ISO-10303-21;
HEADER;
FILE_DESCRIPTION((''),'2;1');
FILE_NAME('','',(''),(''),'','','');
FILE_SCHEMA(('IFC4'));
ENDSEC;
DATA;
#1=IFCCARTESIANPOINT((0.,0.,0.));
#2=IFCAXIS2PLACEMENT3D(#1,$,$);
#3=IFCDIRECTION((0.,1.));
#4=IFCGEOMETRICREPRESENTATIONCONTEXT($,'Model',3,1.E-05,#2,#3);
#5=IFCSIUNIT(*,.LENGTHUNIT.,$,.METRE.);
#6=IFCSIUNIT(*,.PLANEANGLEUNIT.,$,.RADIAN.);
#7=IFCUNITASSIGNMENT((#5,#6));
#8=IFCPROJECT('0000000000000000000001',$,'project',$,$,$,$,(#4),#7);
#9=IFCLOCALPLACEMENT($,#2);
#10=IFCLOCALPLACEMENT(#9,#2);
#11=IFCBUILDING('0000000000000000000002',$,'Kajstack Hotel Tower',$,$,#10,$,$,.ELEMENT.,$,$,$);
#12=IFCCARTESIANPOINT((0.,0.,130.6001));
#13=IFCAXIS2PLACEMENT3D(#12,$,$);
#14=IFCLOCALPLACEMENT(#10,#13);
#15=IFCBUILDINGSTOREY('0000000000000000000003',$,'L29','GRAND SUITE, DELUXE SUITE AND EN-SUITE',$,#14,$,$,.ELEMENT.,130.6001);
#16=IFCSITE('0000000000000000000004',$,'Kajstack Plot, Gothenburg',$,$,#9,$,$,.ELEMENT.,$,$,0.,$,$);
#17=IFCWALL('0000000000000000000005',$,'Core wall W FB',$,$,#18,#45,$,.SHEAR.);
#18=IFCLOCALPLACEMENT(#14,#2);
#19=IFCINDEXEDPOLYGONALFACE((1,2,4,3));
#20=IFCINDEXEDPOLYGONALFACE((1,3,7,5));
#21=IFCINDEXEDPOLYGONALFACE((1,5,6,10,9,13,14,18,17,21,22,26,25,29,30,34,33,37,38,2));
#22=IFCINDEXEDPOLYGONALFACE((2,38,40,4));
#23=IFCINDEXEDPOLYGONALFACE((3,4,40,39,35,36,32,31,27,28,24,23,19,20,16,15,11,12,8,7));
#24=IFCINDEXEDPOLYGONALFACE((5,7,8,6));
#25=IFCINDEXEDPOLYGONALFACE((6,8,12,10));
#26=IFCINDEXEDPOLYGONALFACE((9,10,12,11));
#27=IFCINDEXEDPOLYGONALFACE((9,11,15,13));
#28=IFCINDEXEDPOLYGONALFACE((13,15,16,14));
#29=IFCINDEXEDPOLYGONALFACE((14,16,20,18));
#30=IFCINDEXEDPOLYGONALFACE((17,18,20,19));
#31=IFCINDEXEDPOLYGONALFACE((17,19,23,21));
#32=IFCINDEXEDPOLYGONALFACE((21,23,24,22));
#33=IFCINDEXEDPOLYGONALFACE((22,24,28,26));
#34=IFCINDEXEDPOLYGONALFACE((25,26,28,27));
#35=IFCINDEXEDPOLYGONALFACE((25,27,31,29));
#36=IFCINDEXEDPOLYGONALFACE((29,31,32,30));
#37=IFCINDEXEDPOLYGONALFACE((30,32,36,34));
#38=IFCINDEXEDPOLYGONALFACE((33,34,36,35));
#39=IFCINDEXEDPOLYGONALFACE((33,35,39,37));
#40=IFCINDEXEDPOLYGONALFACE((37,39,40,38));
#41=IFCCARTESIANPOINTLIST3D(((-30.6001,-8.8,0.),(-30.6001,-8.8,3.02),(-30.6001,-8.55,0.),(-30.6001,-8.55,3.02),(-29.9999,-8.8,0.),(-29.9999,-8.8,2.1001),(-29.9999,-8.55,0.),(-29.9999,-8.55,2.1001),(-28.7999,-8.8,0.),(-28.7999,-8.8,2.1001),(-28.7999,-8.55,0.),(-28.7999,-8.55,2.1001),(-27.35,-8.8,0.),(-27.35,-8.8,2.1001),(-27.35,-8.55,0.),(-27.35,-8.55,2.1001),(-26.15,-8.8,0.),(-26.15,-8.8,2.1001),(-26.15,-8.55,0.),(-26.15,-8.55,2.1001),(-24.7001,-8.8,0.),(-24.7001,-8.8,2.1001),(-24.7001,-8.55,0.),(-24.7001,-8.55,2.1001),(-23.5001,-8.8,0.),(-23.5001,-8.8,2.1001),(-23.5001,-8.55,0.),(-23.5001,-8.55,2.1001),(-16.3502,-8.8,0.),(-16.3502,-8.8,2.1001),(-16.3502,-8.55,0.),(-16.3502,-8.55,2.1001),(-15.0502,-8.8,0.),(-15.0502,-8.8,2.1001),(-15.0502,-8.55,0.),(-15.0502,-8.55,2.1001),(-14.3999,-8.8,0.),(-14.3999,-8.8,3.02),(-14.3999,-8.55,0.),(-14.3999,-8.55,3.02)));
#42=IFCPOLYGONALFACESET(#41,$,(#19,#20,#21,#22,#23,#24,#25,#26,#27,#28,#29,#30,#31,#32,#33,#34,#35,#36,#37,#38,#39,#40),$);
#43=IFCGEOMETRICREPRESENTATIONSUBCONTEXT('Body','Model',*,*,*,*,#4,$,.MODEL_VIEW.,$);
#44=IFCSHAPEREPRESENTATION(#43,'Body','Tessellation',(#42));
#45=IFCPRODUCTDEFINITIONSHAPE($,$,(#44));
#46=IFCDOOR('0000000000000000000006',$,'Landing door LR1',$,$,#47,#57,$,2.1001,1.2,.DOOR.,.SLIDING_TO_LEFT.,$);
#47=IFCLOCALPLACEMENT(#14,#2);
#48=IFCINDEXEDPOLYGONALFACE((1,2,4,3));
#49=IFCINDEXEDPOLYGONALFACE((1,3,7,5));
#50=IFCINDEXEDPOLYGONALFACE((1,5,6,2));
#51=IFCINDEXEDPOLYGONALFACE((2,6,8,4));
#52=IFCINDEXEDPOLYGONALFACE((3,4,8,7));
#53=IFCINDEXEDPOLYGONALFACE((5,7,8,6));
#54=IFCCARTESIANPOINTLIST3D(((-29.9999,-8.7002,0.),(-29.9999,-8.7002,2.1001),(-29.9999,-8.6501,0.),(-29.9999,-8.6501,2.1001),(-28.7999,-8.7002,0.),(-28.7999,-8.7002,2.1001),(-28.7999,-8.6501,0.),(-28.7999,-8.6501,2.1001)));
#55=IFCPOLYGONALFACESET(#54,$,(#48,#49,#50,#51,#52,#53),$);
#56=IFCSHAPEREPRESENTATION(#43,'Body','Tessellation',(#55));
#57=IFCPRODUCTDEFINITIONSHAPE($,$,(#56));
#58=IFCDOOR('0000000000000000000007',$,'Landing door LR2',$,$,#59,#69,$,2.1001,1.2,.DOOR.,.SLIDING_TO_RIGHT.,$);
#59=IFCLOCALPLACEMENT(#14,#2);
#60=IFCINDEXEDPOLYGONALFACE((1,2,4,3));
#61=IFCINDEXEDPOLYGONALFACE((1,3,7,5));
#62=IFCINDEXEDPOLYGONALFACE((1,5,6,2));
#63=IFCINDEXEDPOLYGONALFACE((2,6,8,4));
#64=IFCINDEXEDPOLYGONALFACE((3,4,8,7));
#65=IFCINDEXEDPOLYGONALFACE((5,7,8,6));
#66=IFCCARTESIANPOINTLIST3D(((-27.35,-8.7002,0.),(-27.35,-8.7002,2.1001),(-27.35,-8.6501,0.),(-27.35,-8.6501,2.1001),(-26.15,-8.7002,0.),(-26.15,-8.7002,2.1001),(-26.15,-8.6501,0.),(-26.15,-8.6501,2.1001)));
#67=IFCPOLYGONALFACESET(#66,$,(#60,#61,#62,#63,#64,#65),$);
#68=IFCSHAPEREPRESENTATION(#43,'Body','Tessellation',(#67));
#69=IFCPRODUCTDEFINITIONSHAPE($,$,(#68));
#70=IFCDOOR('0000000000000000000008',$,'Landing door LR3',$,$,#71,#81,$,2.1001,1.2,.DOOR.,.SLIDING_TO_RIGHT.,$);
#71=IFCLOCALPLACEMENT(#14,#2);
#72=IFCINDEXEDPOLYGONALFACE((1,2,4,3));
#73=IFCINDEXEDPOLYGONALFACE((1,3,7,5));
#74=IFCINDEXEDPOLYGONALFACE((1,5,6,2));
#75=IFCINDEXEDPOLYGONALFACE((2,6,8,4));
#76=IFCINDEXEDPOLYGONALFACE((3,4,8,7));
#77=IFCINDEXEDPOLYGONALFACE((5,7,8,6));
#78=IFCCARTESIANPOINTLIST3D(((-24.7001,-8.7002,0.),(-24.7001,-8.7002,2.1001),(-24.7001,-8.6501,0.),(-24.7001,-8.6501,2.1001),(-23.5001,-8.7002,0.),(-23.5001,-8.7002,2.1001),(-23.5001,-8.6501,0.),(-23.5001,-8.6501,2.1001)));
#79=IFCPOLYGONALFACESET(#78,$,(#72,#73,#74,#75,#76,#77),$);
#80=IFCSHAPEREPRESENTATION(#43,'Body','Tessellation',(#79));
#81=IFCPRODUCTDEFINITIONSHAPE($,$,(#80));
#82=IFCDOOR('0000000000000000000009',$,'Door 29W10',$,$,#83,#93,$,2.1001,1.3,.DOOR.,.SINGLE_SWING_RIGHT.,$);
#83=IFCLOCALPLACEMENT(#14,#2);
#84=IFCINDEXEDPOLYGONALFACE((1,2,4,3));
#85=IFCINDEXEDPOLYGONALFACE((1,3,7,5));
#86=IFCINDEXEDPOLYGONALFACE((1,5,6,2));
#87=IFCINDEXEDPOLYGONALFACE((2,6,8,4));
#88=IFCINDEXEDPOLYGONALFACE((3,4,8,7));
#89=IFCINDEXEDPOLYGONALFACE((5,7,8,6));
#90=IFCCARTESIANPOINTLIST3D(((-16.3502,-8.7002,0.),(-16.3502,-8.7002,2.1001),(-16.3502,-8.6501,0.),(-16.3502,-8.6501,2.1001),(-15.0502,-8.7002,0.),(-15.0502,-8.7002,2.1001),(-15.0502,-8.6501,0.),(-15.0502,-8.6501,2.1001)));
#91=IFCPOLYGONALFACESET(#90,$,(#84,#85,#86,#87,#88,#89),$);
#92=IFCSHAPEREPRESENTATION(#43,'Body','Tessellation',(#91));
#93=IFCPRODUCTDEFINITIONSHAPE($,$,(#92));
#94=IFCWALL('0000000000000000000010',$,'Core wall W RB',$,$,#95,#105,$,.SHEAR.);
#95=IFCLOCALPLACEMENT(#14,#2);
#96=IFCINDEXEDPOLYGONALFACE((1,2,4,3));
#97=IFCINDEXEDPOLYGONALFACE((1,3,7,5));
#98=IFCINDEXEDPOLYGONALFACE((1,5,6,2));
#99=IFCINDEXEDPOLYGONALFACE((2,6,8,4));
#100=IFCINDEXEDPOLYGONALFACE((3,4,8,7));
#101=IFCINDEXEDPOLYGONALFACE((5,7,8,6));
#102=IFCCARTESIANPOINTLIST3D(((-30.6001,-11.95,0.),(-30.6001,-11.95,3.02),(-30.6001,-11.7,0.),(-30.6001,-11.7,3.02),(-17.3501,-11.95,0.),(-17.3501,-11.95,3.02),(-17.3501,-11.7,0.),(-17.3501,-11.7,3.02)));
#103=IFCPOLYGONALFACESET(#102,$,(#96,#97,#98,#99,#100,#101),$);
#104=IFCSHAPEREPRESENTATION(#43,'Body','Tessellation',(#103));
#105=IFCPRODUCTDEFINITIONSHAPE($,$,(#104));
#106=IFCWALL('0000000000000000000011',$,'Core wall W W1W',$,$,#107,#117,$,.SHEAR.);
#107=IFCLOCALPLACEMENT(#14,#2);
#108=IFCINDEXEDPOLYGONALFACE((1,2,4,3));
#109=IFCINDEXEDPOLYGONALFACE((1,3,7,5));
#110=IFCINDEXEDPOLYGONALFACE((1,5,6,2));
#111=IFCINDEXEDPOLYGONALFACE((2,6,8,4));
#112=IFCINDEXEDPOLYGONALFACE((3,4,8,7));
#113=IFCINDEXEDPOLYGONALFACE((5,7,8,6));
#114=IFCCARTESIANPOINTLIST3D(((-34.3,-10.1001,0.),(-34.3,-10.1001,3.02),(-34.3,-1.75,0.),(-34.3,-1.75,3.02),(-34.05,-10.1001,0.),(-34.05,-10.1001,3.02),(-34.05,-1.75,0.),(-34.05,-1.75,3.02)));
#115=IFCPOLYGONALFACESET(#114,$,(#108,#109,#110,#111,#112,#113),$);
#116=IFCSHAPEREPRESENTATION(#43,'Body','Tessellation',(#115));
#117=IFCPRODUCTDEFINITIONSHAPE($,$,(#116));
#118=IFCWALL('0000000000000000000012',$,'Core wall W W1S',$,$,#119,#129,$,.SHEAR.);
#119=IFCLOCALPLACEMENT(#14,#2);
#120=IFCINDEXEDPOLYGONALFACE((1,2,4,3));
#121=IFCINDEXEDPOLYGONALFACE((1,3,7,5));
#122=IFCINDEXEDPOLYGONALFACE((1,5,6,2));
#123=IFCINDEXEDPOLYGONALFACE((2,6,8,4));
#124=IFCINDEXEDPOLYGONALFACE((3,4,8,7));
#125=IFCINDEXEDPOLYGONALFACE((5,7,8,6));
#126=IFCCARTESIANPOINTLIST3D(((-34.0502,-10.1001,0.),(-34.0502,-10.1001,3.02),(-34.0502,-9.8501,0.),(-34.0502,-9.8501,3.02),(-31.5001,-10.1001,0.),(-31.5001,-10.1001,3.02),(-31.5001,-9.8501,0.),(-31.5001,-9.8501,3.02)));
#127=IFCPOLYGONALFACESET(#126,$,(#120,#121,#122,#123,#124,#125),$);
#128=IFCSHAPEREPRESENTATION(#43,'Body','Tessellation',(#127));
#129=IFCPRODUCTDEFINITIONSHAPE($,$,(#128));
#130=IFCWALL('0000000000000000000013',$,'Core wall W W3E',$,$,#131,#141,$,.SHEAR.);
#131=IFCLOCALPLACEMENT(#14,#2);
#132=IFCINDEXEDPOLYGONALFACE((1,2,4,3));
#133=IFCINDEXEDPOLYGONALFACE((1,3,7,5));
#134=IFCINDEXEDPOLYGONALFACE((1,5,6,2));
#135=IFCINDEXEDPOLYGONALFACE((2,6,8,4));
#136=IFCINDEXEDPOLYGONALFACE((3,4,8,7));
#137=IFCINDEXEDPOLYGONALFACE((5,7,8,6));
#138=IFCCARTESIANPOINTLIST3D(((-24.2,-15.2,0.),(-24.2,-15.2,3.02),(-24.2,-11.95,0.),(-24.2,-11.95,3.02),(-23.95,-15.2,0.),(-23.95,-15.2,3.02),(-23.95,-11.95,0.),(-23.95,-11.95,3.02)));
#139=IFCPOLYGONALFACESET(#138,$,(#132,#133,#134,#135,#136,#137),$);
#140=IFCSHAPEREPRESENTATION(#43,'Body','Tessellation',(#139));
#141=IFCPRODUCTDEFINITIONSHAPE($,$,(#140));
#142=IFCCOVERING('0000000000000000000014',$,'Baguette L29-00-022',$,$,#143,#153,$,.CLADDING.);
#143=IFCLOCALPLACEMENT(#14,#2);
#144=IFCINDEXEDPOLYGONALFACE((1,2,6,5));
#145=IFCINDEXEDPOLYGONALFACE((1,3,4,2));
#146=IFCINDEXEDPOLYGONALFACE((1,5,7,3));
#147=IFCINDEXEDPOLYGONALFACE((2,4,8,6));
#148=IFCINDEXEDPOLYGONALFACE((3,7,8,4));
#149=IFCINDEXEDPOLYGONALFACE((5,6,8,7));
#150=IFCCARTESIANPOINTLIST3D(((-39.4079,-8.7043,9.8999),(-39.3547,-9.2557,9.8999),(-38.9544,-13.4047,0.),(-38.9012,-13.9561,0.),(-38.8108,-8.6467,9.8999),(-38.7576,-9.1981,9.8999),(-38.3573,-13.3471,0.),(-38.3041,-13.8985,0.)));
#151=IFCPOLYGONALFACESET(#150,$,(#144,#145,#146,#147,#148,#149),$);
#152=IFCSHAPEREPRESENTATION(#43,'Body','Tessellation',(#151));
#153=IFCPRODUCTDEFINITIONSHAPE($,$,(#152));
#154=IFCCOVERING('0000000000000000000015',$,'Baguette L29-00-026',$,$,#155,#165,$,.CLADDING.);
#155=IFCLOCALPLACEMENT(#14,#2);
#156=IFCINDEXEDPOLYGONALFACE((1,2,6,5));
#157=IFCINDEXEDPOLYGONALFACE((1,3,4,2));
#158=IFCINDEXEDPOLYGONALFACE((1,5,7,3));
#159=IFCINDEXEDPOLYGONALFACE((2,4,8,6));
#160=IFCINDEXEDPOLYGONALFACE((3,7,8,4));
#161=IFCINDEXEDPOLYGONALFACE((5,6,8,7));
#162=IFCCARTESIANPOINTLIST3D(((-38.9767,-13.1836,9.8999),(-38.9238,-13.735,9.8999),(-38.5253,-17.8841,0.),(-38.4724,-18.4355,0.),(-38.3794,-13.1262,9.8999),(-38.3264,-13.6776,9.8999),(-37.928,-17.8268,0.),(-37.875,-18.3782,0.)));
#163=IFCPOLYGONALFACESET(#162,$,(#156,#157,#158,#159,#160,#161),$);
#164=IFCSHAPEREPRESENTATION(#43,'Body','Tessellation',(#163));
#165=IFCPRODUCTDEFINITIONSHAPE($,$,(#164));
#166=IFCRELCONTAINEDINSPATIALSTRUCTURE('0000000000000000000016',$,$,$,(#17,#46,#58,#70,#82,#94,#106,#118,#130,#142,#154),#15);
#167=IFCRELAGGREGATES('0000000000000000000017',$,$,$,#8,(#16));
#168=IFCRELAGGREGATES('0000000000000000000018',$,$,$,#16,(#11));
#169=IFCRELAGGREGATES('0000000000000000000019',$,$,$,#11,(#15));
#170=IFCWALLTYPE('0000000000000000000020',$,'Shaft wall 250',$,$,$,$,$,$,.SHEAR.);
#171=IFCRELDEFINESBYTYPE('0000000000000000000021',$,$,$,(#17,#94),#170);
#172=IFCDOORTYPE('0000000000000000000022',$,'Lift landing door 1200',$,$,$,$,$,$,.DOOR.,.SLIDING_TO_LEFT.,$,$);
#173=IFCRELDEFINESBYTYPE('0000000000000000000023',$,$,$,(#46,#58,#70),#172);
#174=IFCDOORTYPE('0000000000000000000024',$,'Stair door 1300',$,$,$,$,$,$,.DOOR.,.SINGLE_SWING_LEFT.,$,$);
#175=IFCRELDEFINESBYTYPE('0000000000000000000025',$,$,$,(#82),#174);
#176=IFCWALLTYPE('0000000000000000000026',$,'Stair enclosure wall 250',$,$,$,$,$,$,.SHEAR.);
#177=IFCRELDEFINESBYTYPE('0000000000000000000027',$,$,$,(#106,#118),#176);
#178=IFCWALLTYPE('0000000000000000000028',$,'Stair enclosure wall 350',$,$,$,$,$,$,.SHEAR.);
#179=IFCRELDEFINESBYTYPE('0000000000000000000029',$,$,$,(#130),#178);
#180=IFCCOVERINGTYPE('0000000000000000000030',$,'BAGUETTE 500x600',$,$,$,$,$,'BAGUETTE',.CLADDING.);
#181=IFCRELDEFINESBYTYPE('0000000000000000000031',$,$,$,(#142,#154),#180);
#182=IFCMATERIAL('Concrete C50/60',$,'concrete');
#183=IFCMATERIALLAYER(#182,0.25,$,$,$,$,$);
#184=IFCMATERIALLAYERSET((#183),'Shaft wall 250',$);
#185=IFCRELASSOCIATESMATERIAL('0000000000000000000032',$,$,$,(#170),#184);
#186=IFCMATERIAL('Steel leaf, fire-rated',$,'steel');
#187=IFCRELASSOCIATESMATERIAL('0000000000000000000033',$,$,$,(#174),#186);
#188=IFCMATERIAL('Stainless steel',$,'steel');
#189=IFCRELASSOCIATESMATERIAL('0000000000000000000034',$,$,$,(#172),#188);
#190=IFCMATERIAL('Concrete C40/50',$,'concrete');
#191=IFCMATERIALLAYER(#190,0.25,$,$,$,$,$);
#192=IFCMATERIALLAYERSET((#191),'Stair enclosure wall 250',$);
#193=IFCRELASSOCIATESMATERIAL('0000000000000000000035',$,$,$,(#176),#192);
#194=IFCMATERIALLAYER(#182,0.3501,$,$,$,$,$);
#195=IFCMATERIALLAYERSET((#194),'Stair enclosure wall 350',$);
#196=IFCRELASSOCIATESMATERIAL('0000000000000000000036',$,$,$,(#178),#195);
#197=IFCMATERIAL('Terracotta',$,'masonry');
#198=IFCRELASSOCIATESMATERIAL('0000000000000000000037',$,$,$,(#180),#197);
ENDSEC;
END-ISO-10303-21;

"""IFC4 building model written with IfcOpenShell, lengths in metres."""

from ifc_helpers import new_model, si_unit, direction, frame, frame_2d, origin, origin_2d, place, context, subcontext, project, spatial, polyline, rectangle, outline, extrude, material, layer, layer_set, material_profile, profile_set, type_object, element, fill, save


model = new_model("IFC4")

# Units and contexts
model_context = context("Model", 3, precision=1e-05, world=origin(), true_north=direction((0.0, 1.0)))
body_context = subcontext(model_context, "Body", "Model", "MODEL_VIEW")
ifc_project = project(units=[si_unit("LENGTHUNIT", "METRE"), si_unit("PLANEANGLEUNIT", "RADIAN")], contexts=[model_context])

# Site, building, storey
site_placement = place(None, origin())
site = spatial("IfcSite", under=ifc_project, at=site_placement, Name="Kajstack Plot, Gothenburg", CompositionType="ELEMENT", RefElevation=0.0)
building_placement = place(site_placement, origin())
building = spatial("IfcBuilding", under=site, at=building_placement, Name="Kajstack Hotel Tower", CompositionType="ELEMENT")
storey_placement = place(building_placement, frame((0.0, 0.0, 130.6001)))
storey = spatial("IfcBuildingStorey", under=building, at=storey_placement, Name="L29", Description="GRAND SUITE, DELUXE SUITE AND EN-SUITE", CompositionType="ELEMENT", Elevation=130.6001)

# Shared definitions
ifc_material_1 = material(Name="Stainless steel", Category="steel")

# Wall, openings, doors
ifc_material_2 = material(Name="Concrete C50/60", Category="concrete")
ifc_layer_1 = layer(ifc_material_2, 0.25)
ifc_layer_set_1 = layer_set([ifc_layer_1], Name="Shaft wall 250")
wall_type_1 = type_object("IfcWallType", Name="Shaft wall 250", PredefinedType="SHEAR", material=ifc_layer_set_1)
ifc_material_3 = material(Name="Steel leaf, fire-rated", Category="steel")
door_type_1 = type_object("IfcDoorType", Name="Stair door 1300", OperationType="SINGLE_SWING_LEFT", PredefinedType="DOOR", material=ifc_material_3)
wall_1_placement = place(storey_placement, frame((-30.6001, -8.675, 0.0), z_axis=(0.0, 0.0, 1.0), x_axis=(1.0, 0.0, 0.0)))
wall_1 = element("IfcWall", 1, at=wall_1_placement, inside=storey, type_object=wall_type_1, Name="Core wall W FB", PredefinedType="SHEAR", context=body_context, shape_type="SweptSolid", body=[
    extrude(rectangle(XDim=16.2002, YDim=0.25, at=frame_2d((8.1001, 0.0))), origin(), (0.0, 0.0, 1.0), 3.02),
])
opening_1_placement = place(wall_1_placement, frame((0.6001, 0.0, 0.0)))
opening_1 = element("IfcOpeningElement", 2, at=opening_1_placement, cuts=wall_1, PredefinedType="OPENING", context=body_context, shape_type="SweptSolid", body=[
    extrude(rectangle(XDim=1.2, YDim=2.1001, at=frame_2d((0.6001, 1.05))), frame((0.0, 0.135, 0.0), z_axis=(0.0, -1.0, 0.0), x_axis=(1.0, 0.0, 0.0)), (0.0, 0.0, 1.0), 0.27),
])
opening_2_placement = place(wall_1_placement, frame((3.25, 0.0, 0.0)))
opening_2 = element("IfcOpeningElement", 3, at=opening_2_placement, cuts=wall_1, PredefinedType="OPENING", context=body_context, shape_type="SweptSolid", body=[
    extrude(rectangle(XDim=1.2, YDim=2.1001, at=frame_2d((0.6001, 1.05))), frame((0.0, 0.135, 0.0), z_axis=(0.0, -1.0, 0.0), x_axis=(1.0, 0.0, 0.0)), (0.0, 0.0, 1.0), 0.27),
])
opening_3_placement = place(wall_1_placement, frame((5.8999, 0.0, 0.0)))
opening_3 = element("IfcOpeningElement", 4, at=opening_3_placement, cuts=wall_1, PredefinedType="OPENING", context=body_context, shape_type="SweptSolid", body=[
    extrude(rectangle(XDim=1.2, YDim=2.1001, at=frame_2d((0.6001, 1.05))), frame((0.0, 0.135, 0.0), z_axis=(0.0, -1.0, 0.0), x_axis=(1.0, 0.0, 0.0)), (0.0, 0.0, 1.0), 0.27),
])
opening_4_placement = place(wall_1_placement, frame((14.25, 0.0, 0.0)))
opening_4 = element("IfcOpeningElement", 5, at=opening_4_placement, cuts=wall_1, PredefinedType="OPENING", context=body_context, shape_type="SweptSolid", body=[
    extrude(rectangle(XDim=1.3, YDim=2.1001, at=frame_2d((0.6499, 1.05))), frame((0.0, 0.135, 0.0), z_axis=(0.0, -1.0, 0.0), x_axis=(1.0, 0.0, 0.0)), (0.0, 0.0, 1.0), 0.27),
])
door_type_2 = type_object("IfcDoorType", Name="Lift landing door 1200", OperationType="SLIDING_TO_LEFT", PredefinedType="DOOR", material=ifc_material_1)
door_1_placement = place(opening_1_placement, origin())
door_1 = element("IfcDoor", 6, at=door_1_placement, inside=storey, type_object=door_type_2, Name="Landing door LR1", OperationType="SLIDING_TO_LEFT", OverallHeight=2.1001, OverallWidth=1.2, PredefinedType="DOOR", context=body_context, shape_type="SweptSolid", body=[
    extrude(rectangle(XDim=1.2, YDim=2.1001, at=frame_2d((0.6001, 1.05))), frame((0.0, 0.0249, 0.0), z_axis=(0.0, -1.0, 0.0), x_axis=(1.0, 0.0, 0.0)), (0.0, 0.0, 1.0), 0.05),
])
fill(opening_1, door_1)
door_2_placement = place(opening_2_placement, origin())
door_2 = element("IfcDoor", 7, at=door_2_placement, inside=storey, type_object=door_type_2, Name="Landing door LR2", OperationType="SLIDING_TO_RIGHT", OverallHeight=2.1001, OverallWidth=1.2, PredefinedType="DOOR", context=body_context, shape_type="SweptSolid", body=[
    extrude(rectangle(XDim=1.2, YDim=2.1001, at=frame_2d((0.6001, 1.05))), frame((0.0, 0.0249, 0.0), z_axis=(0.0, -1.0, 0.0), x_axis=(1.0, 0.0, 0.0)), (0.0, 0.0, 1.0), 0.05),
])
fill(opening_2, door_2)
door_3_placement = place(opening_3_placement, origin())
door_3 = element("IfcDoor", 8, at=door_3_placement, inside=storey, type_object=door_type_2, Name="Landing door LR3", OperationType="SLIDING_TO_RIGHT", OverallHeight=2.1001, OverallWidth=1.2, PredefinedType="DOOR", context=body_context, shape_type="SweptSolid", body=[
    extrude(rectangle(XDim=1.2, YDim=2.1001, at=frame_2d((0.6001, 1.05))), frame((0.0, 0.0249, 0.0), z_axis=(0.0, -1.0, 0.0), x_axis=(1.0, 0.0, 0.0)), (0.0, 0.0, 1.0), 0.05),
])
fill(opening_3, door_3)
door_4_placement = place(opening_4_placement, origin())
door_4 = element("IfcDoor", 9, at=door_4_placement, inside=storey, type_object=door_type_1, Name="Door 29W10", OperationType="SINGLE_SWING_RIGHT", OverallHeight=2.1001, OverallWidth=1.3, PredefinedType="DOOR", context=body_context, shape_type="SweptSolid", body=[
    extrude(rectangle(XDim=1.3, YDim=2.1001, at=frame_2d((0.6499, 1.05))), frame((0.0, 0.0249, 0.0), z_axis=(0.0, -1.0, 0.0), x_axis=(1.0, 0.0, 0.0)), (0.0, 0.0, 1.0), 0.05),
])
fill(opening_4, door_4)

# Walls
wall_2_placement = place(storey_placement, frame((-30.6001, -11.825, 0.0), z_axis=(0.0, 0.0, 1.0), x_axis=(1.0, 0.0, 0.0)))
element("IfcWall", 10, at=wall_2_placement, inside=storey, type_object=wall_type_1, Name="Core wall W RB", PredefinedType="SHEAR", context=body_context, shape_type="SweptSolid", body=[
    extrude(rectangle(XDim=13.25, YDim=0.25, at=frame_2d((6.625, 0.0))), origin(), (0.0, 0.0, 1.0), 3.02),
])
ifc_material_4 = material(Name="Concrete C40/50", Category="concrete")
ifc_layer_2 = layer(ifc_material_4, 0.25)
ifc_layer_set_2 = layer_set([ifc_layer_2], Name="Stair enclosure wall 250")
wall_type_2 = type_object("IfcWallType", Name="Stair enclosure wall 250", PredefinedType="SHEAR", material=ifc_layer_set_2)
wall_3_placement = place(storey_placement, frame((-34.175, -10.1001, 0.0), z_axis=(0.0, 0.0, 1.0), x_axis=(0.0, 1.0, 0.0)))
element("IfcWall", 11, at=wall_3_placement, inside=storey, type_object=wall_type_2, Name="Core wall W W1W", PredefinedType="SHEAR", context=body_context, shape_type="SweptSolid", body=[
    extrude(rectangle(XDim=8.3501, YDim=0.25, at=frame_2d((4.175, 0.0))), origin(), (0.0, 0.0, 1.0), 3.02),
])
wall_4_placement = place(storey_placement, frame((-34.05, -9.9751, 0.0), z_axis=(0.0, 0.0, 1.0), x_axis=(1.0, 0.0, 0.0)))
element("IfcWall", 12, at=wall_4_placement, inside=storey, type_object=wall_type_2, Name="Core wall W W1S", PredefinedType="SHEAR", context=body_context, shape_type="SweptSolid", body=[
    extrude(rectangle(XDim=2.55, YDim=0.25, at=frame_2d((1.2749, 0.0))), origin(), (0.0, 0.0, 1.0), 3.02),
])
ifc_layer_3 = layer(ifc_material_2, 0.3501)
ifc_layer_set_3 = layer_set([ifc_layer_3], Name="Stair enclosure wall 350")
wall_type_3 = type_object("IfcWallType", Name="Stair enclosure wall 350", PredefinedType="SHEAR", material=ifc_layer_set_3)
wall_5_placement = place(storey_placement, frame((-24.075, -15.2, 0.0), z_axis=(0.0, 0.0, 1.0), x_axis=(0.0, 1.0, 0.0)))
element("IfcWall", 13, at=wall_5_placement, inside=storey, type_object=wall_type_3, Name="Core wall W W3E", PredefinedType="SHEAR", context=body_context, shape_type="SweptSolid", body=[
    extrude(rectangle(XDim=3.25, YDim=0.25, at=frame_2d((1.625, 0.0))), origin(), (0.0, 0.0, 1.0), 3.02),
])

# Coverings
ifc_material_5 = material(Name="Terracotta", Category="masonry")
ifc_material_profile = material_profile(ifc_material_5, rectangle(XDim=0.6001, YDim=0.5, at=origin_2d()), Name="Terracotta-clad concrete baguette 500 x 600")
ifc_profile_set = profile_set([ifc_material_profile], Name="Terracotta")
covering_type = type_object("IfcCoveringType", Name="BAGUETTE 500x600", ElementType="BAGUETTE", PredefinedType="CLADDING", material=ifc_profile_set)
covering_1_placement = place(storey_placement, frame((-38.8108, -8.6467, 0.0), z_axis=(-0.995378, -0.096038, 0.0), x_axis=(0.096038, -0.995378, 0.0)))
element("IfcCovering", 14, at=covering_1_placement, inside=storey, type_object=covering_type, Name="Baguette L29-00-022", PredefinedType="CLADDING", context=body_context, shape_type="SweptSolid", body=[
    extrude(outline(polyline([(0.0, 9.8999), (4.7222, 0.0), (5.2761, 0.0), (0.554, 9.8999), (0.0, 9.8999)])), origin(), (0.0, 0.0, 1.0), 0.5999),
])
covering_2_placement = place(storey_placement, frame((-38.3794, -13.1262, 0.0), z_axis=(-0.99542, -0.095596, 0.0), x_axis=(0.095596, -0.99542, 0.0)))
element("IfcCovering", 15, at=covering_2_placement, inside=storey, type_object=covering_type, Name="Baguette L29-00-026", PredefinedType="CLADDING", context=body_context, shape_type="SweptSolid", body=[
    extrude(outline(polyline([(0.0, 9.8999), (4.7222, 0.0), (5.2761, 0.0), (0.554, 9.8999), (0.0, 9.8999)])), origin(), (0.0, 0.0, 1.0), 0.6001),
])

save(model, "model.ifc")
